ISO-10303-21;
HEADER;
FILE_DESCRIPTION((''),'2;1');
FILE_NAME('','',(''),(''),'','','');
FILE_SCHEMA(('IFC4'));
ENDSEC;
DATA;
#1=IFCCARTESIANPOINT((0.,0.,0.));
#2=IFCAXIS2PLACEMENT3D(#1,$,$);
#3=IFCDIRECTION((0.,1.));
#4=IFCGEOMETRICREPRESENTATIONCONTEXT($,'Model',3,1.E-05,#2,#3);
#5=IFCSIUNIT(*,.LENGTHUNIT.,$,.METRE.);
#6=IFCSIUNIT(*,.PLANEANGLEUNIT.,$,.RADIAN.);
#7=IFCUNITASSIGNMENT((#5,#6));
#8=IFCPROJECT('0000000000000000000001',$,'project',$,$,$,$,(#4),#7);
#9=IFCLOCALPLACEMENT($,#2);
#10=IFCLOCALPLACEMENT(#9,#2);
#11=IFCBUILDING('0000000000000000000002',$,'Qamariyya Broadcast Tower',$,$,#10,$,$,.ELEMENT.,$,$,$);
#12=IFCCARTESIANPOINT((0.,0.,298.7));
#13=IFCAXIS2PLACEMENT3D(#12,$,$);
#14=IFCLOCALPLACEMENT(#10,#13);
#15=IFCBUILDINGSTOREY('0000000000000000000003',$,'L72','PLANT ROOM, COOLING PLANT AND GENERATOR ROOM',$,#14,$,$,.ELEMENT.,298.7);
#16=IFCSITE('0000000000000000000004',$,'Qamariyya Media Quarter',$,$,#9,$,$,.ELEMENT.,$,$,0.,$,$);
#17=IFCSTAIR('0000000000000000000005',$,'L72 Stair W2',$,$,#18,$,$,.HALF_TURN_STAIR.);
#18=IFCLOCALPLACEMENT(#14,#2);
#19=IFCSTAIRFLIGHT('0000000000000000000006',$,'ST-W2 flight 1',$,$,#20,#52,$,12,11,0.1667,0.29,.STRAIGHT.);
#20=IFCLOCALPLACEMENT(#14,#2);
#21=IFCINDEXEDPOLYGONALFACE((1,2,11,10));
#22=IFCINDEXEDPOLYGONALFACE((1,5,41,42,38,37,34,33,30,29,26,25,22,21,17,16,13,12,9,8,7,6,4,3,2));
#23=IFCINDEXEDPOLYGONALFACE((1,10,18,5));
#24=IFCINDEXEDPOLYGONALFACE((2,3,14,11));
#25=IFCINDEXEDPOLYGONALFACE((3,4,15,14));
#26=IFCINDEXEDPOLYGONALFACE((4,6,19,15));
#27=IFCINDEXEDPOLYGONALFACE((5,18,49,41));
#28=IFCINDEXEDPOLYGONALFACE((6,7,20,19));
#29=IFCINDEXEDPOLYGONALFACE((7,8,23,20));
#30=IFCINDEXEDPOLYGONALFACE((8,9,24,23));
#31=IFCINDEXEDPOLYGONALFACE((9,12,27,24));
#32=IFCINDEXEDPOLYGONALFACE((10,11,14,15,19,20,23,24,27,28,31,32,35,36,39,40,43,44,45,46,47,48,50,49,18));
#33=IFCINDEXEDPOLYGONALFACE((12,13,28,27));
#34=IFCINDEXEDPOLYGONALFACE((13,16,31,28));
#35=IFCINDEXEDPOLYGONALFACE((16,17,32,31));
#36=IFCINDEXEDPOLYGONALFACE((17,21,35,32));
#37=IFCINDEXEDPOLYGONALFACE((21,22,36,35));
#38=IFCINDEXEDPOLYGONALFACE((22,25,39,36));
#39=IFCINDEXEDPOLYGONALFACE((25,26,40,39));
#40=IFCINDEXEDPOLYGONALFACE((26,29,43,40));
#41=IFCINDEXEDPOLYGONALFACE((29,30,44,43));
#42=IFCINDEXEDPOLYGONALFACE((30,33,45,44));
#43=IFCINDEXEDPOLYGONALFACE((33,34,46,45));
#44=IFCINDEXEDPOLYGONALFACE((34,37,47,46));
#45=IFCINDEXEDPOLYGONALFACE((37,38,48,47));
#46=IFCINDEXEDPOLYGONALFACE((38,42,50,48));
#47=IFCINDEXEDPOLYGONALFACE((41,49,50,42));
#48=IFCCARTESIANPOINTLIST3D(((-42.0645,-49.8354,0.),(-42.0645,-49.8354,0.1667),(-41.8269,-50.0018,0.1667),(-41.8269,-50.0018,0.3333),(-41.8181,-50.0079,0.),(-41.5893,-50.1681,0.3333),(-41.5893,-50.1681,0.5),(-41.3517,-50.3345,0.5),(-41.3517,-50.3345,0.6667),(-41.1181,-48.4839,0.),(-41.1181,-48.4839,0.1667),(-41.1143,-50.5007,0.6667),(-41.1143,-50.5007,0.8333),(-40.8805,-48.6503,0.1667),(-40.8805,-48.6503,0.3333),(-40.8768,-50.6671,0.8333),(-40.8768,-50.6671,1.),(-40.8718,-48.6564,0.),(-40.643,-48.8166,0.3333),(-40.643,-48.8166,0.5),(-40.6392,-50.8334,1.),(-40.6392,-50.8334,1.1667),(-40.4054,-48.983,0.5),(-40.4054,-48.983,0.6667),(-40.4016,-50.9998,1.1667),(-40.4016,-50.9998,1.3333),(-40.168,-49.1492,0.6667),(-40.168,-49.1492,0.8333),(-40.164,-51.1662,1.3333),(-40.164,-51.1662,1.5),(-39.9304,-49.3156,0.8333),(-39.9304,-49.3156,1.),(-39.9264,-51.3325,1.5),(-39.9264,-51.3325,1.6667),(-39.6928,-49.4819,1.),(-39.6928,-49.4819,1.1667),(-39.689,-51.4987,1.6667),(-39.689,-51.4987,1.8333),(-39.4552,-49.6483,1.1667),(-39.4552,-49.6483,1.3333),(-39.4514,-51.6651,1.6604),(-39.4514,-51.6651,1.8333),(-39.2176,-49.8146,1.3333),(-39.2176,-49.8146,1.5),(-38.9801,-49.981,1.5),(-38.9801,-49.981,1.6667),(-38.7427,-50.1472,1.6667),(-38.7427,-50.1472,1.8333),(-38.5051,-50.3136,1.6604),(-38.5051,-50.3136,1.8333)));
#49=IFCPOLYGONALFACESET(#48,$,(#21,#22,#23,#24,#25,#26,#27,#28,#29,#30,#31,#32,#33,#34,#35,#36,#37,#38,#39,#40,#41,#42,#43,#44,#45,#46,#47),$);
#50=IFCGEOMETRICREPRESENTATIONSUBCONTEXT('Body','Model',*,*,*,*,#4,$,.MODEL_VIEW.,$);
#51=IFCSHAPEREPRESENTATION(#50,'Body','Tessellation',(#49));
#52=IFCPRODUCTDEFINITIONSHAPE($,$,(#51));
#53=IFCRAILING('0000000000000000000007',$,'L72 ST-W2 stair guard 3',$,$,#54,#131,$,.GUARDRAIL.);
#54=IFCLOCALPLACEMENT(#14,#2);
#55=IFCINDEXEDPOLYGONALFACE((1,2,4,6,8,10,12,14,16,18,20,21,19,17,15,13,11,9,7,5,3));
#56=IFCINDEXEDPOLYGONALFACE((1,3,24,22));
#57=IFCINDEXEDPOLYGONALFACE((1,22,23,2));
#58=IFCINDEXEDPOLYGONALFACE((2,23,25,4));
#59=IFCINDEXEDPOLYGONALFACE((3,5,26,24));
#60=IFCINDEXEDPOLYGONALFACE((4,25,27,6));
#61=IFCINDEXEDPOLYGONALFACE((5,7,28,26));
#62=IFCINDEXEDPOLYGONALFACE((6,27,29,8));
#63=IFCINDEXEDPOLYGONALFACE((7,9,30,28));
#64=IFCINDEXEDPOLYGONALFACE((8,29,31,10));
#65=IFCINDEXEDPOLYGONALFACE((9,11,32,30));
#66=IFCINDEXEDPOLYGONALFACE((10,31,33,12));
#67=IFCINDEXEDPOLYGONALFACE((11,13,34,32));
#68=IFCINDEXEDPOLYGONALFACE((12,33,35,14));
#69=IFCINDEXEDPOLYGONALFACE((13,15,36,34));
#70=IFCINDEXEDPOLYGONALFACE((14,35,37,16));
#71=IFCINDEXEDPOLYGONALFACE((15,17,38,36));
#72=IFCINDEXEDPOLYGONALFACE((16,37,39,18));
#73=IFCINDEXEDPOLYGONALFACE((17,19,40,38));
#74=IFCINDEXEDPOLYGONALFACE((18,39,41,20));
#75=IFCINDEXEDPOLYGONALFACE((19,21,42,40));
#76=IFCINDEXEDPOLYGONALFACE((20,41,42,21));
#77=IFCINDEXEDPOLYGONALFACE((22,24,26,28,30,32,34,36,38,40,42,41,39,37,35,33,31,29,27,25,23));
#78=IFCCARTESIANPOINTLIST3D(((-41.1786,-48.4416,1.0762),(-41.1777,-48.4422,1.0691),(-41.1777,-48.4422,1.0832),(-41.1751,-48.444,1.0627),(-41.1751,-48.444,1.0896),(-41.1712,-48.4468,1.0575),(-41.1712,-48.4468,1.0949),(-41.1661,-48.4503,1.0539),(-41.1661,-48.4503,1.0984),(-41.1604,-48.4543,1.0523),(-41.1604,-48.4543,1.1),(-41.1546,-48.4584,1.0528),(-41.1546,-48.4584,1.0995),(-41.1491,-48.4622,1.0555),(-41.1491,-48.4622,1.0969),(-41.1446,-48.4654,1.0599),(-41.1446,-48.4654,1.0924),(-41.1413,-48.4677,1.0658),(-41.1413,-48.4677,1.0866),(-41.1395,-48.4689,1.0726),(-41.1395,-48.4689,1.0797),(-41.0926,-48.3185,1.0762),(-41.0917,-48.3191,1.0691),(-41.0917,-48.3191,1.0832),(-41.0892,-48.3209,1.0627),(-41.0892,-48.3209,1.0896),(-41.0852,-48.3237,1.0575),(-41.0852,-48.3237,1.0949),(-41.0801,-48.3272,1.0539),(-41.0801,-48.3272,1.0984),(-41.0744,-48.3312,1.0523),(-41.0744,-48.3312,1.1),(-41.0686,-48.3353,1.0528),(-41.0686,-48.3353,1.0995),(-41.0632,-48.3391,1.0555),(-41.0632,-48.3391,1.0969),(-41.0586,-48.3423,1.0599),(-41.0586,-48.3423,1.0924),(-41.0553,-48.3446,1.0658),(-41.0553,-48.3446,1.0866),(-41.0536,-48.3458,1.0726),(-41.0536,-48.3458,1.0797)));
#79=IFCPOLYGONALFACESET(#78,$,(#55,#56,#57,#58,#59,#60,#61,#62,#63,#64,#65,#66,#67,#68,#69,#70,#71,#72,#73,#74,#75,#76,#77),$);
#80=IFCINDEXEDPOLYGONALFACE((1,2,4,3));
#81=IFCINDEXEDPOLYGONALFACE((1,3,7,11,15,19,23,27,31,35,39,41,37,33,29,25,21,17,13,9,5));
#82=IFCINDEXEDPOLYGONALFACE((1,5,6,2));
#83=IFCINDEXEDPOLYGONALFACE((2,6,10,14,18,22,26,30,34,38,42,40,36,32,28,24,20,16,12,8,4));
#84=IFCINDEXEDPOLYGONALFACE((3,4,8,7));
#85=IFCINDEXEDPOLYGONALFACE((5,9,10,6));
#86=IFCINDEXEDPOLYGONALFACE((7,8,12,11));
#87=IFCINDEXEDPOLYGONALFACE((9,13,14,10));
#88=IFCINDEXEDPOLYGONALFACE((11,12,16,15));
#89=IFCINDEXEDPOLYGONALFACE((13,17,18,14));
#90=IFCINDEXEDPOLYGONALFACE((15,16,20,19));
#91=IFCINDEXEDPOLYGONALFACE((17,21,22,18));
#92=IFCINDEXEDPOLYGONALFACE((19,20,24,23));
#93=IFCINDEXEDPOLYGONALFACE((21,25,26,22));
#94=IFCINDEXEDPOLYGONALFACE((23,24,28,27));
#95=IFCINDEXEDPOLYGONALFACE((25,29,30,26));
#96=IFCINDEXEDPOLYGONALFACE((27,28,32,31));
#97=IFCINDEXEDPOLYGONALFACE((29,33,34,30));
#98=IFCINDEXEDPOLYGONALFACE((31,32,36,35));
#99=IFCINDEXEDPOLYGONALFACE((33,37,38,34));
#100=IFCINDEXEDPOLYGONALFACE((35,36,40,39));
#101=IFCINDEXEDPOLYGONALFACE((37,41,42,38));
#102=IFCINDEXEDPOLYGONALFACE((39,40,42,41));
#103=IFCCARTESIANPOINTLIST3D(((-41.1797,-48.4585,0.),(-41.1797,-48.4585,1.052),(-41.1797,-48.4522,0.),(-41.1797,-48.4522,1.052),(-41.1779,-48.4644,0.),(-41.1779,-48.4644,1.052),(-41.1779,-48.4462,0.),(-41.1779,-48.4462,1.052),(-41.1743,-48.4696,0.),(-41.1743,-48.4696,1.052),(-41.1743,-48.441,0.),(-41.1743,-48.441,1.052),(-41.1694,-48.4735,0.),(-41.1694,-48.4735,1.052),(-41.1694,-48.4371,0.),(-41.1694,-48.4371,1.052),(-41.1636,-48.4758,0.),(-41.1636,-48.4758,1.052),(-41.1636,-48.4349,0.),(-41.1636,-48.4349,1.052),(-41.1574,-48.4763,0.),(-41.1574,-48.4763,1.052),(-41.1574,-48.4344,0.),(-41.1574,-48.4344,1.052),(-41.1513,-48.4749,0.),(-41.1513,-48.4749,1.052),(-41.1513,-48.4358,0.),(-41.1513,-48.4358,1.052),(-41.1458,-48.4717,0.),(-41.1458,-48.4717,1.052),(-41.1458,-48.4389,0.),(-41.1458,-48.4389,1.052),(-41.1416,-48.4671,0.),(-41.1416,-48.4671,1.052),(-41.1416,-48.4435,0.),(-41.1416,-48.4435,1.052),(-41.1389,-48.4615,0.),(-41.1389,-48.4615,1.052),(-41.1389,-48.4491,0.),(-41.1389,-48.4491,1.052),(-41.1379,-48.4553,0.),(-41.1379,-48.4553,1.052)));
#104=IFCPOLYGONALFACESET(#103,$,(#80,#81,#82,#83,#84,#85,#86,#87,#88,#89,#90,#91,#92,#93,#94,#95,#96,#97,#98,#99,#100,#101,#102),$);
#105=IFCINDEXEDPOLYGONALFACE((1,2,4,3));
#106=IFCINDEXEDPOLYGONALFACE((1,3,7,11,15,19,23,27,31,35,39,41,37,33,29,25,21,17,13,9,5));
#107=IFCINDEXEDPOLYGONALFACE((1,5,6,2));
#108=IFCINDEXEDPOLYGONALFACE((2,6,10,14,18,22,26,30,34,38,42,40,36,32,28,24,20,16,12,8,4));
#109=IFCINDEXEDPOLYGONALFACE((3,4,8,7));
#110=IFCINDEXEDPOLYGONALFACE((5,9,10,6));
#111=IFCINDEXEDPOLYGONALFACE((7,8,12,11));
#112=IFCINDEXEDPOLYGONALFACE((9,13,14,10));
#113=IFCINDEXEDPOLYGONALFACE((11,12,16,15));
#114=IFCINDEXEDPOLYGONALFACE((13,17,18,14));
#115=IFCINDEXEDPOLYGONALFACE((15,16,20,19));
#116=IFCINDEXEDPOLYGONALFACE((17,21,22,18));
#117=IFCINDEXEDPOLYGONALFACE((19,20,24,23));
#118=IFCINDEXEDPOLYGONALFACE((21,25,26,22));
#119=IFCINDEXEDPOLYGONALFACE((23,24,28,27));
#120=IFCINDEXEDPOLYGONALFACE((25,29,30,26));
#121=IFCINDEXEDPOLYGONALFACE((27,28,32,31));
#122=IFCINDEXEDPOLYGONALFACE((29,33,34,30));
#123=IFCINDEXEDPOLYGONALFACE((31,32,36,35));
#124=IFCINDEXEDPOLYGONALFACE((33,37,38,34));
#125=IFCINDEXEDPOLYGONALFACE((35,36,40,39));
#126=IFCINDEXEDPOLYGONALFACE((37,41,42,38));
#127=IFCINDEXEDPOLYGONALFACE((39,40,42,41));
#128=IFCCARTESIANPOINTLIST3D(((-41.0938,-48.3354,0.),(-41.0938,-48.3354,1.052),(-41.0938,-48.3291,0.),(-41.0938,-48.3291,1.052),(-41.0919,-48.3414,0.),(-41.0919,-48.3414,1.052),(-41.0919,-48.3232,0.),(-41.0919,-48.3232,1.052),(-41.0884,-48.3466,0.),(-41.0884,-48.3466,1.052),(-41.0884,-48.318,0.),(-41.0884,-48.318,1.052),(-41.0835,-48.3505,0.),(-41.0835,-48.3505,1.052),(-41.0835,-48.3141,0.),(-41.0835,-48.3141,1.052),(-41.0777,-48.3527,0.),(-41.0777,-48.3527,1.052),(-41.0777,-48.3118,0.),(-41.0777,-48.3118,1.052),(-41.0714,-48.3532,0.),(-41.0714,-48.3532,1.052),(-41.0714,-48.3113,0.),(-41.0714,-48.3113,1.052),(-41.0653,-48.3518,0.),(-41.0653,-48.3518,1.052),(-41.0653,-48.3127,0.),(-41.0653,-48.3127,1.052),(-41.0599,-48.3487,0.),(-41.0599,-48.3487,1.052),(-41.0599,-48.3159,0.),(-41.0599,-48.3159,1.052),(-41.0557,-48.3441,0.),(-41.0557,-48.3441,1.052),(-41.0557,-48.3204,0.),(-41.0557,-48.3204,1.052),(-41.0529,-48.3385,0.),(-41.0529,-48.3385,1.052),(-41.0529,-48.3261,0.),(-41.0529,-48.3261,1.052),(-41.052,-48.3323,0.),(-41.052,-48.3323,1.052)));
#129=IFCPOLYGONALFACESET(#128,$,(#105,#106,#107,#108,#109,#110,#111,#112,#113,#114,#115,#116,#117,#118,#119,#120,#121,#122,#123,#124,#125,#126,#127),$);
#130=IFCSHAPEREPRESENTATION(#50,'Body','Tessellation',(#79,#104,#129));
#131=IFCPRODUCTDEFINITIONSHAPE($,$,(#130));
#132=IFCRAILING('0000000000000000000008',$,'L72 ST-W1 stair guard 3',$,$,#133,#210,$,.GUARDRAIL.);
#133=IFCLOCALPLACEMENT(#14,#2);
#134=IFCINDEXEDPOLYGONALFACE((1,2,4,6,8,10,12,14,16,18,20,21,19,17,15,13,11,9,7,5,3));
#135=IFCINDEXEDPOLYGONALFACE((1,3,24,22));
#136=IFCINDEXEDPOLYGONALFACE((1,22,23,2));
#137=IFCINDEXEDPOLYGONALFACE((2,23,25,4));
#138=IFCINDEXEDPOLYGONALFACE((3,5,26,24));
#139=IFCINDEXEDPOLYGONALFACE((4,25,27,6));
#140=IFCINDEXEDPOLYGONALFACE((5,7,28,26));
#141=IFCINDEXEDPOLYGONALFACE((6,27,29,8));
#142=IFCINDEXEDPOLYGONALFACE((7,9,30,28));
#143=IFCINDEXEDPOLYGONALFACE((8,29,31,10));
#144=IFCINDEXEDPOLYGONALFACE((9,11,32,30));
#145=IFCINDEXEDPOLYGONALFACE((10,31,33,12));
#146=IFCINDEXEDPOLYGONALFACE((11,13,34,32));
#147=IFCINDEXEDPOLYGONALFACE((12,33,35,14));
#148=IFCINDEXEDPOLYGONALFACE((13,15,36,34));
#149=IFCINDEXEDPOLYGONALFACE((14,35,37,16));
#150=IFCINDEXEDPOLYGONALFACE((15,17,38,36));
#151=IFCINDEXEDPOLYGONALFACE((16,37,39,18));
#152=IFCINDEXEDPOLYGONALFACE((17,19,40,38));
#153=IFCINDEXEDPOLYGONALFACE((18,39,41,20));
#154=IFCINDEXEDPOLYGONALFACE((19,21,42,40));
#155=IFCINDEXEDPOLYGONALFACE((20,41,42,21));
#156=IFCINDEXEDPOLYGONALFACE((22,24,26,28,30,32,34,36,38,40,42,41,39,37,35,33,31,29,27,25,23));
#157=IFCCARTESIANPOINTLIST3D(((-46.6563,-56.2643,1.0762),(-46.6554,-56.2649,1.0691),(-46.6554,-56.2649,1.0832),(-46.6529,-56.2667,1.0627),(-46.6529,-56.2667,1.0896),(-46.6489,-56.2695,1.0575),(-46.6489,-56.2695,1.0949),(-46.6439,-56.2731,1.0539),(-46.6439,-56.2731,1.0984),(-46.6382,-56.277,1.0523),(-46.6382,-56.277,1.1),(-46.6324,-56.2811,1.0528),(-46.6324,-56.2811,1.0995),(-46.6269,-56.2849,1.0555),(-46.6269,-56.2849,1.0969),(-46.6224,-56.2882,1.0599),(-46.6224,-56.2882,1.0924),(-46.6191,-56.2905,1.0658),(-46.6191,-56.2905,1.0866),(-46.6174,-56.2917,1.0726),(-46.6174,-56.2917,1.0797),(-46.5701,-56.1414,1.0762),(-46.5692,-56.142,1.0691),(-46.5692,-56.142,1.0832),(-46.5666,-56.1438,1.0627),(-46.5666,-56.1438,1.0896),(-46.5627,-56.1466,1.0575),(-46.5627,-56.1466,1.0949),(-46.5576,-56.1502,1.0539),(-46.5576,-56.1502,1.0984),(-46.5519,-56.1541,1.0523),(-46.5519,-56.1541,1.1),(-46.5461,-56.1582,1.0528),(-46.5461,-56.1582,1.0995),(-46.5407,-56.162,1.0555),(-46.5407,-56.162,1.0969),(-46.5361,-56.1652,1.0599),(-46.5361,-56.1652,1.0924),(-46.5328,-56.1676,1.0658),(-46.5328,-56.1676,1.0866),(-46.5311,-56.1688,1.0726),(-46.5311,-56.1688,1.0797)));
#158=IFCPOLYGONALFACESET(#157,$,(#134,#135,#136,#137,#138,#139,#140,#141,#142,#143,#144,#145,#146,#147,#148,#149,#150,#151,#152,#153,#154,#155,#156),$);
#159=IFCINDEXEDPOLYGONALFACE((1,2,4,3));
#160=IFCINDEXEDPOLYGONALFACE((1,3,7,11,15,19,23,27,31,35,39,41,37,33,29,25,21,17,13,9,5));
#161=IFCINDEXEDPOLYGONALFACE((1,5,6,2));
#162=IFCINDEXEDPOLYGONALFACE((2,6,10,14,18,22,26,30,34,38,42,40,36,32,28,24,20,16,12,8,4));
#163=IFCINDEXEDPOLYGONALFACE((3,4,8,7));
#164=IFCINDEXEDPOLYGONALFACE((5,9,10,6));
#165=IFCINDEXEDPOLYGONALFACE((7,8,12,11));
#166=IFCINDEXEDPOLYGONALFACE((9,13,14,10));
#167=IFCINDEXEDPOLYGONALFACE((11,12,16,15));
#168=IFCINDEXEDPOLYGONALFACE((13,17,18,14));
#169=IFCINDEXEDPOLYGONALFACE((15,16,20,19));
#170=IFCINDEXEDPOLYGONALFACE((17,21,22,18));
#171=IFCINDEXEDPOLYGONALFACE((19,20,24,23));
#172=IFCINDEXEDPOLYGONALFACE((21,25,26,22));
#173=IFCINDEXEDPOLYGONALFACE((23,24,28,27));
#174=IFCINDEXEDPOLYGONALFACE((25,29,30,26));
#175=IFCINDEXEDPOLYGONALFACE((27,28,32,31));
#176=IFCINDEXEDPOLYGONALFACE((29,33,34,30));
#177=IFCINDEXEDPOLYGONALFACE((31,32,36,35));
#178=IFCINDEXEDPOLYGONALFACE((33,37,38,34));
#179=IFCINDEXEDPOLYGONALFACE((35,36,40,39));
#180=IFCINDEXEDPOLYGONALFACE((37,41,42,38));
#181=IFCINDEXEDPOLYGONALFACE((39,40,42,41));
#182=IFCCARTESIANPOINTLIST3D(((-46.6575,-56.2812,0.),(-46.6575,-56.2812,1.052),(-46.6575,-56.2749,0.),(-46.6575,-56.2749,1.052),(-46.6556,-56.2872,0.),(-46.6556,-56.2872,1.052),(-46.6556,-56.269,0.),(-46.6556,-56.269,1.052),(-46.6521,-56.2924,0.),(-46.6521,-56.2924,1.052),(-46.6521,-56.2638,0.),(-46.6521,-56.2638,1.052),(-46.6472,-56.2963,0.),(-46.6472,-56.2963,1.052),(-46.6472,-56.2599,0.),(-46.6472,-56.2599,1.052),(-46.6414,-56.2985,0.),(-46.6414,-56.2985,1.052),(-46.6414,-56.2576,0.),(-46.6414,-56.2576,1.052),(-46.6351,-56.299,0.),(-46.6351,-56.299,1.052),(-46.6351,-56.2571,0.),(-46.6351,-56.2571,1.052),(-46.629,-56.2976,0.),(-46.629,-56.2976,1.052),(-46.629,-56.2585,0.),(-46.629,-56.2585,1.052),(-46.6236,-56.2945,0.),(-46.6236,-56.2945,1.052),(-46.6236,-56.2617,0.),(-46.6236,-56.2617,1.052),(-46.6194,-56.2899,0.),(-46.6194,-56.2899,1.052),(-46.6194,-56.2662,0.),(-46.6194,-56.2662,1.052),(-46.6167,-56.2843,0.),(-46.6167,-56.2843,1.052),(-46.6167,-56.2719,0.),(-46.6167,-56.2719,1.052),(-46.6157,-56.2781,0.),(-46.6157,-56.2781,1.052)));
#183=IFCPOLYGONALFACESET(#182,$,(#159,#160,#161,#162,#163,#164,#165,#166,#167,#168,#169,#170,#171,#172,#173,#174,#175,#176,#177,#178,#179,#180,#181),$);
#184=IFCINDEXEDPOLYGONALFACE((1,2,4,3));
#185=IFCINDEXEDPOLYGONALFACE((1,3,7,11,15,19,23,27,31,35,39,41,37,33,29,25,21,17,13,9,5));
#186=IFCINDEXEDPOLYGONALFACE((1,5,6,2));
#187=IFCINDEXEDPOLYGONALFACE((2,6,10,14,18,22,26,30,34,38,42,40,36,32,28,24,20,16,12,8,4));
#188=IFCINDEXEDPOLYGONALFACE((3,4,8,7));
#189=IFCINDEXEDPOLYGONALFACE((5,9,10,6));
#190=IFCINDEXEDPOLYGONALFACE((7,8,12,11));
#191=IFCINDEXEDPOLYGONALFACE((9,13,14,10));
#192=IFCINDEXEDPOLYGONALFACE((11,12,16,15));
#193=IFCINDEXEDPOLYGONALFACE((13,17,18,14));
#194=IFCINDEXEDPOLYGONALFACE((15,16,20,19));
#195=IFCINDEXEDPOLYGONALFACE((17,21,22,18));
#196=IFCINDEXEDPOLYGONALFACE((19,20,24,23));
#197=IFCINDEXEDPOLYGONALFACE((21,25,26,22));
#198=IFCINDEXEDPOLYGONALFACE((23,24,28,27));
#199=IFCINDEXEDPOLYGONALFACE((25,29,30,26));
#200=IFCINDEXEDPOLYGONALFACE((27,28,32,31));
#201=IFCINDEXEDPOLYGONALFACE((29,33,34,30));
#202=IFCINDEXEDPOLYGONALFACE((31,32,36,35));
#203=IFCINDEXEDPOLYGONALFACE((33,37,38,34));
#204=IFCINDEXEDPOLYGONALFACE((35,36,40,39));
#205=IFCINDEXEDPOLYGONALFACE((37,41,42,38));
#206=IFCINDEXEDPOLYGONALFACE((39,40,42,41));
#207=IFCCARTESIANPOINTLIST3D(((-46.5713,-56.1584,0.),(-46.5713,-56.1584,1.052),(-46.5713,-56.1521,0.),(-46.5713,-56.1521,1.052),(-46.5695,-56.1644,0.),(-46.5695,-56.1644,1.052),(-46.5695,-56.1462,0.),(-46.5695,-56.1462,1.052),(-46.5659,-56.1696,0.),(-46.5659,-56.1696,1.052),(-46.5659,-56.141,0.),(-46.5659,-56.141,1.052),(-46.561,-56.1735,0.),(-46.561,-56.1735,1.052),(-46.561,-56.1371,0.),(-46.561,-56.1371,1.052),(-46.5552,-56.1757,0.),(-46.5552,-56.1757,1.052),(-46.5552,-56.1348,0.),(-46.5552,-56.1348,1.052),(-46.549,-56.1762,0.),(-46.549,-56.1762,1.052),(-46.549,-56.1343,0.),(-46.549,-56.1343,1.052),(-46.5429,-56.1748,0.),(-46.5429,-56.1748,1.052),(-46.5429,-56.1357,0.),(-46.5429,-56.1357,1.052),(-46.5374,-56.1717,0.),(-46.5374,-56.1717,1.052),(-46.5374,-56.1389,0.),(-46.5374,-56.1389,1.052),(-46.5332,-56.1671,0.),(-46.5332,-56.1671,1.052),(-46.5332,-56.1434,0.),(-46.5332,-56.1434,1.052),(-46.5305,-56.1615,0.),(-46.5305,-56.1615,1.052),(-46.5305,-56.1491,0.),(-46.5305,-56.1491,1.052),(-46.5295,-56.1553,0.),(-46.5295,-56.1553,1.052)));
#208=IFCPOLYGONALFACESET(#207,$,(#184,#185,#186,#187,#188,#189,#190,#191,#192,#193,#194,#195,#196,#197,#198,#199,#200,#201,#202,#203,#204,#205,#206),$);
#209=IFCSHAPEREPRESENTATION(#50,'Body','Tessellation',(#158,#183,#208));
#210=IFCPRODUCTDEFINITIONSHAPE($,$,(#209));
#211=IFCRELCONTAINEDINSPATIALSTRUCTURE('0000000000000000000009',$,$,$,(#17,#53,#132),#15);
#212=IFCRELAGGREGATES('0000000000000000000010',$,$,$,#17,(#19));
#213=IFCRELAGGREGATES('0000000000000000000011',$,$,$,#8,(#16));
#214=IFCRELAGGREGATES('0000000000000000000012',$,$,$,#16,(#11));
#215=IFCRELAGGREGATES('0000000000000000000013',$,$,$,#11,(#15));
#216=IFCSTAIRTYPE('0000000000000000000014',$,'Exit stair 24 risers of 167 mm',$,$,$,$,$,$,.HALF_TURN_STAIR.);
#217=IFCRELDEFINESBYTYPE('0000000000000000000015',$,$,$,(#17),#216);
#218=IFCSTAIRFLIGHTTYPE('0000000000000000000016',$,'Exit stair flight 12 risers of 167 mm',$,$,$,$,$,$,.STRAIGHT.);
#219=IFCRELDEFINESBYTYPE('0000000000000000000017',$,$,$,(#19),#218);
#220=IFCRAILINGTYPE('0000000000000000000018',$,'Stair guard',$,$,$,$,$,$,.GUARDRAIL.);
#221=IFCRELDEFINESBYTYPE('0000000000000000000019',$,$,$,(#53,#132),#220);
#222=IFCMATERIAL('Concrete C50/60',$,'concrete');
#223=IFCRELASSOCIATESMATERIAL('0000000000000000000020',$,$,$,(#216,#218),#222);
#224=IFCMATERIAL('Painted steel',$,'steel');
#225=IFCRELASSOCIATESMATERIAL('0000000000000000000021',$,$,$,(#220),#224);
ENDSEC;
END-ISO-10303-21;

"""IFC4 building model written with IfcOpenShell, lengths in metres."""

from ifc_helpers import new_model, si_unit, direction, frame, origin, origin_2d, place, context, subcontext, project, spatial, polyline, circle, outline, extrude, material, type_object, element, aggregate, save


model = new_model("IFC4")

# Units and contexts
model_context = context("Model", 3, precision=1e-05, world=origin(), true_north=direction((0.0, 1.0)))
body_context = subcontext(model_context, "Body", "Model", "MODEL_VIEW")
ifc_project = project(units=[si_unit("LENGTHUNIT", "METRE"), si_unit("PLANEANGLEUNIT", "RADIAN")], contexts=[model_context])

# Site, building, storey
site_placement = place(None, origin())
site = spatial("IfcSite", under=ifc_project, at=site_placement, Name="Qamariyya Media Quarter", CompositionType="ELEMENT", RefElevation=0.0)
building_placement = place(site_placement, origin())
building = spatial("IfcBuilding", under=site, at=building_placement, Name="Qamariyya Broadcast Tower", CompositionType="ELEMENT")
storey_placement = place(building_placement, frame((0.0, 0.0, 298.7)))
storey = spatial("IfcBuildingStorey", under=building, at=storey_placement, Name="L72", Description="PLANT ROOM, COOLING PLANT AND GENERATOR ROOM", CompositionType="ELEMENT", Elevation=298.7)

# Shared definitions
ifc_material_1 = material(Name="Concrete C50/60", Category="concrete")

# Stair, stair flight
stair_type = type_object("IfcStairType", Name="Exit stair 24 risers of 167 mm", PredefinedType="HALF_TURN_STAIR", material=ifc_material_1)
stair_placement = place(storey_placement, origin())
stair = element("IfcStair", 1, at=stair_placement, inside=storey, type_object=stair_type, Name="L72 Stair W2", PredefinedType="HALF_TURN_STAIR")
stair_flight_type = type_object("IfcStairFlightType", Name="Exit stair flight 12 risers of 167 mm", PredefinedType="STRAIGHT", material=ifc_material_1)
stair_flight_placement = place(storey_placement, frame((-41.5913, -49.1597, 0.0), z_axis=(0.0, 0.0, 1.0), x_axis=(0.819152, -0.573576, 0.0)))
stair_flight = element("IfcStairFlight", 2, at=stair_flight_placement, type_object=stair_flight_type, Name="ST-W2 flight 1", NumberOfRisers=12, NumberOfTreads=11, PredefinedType="STRAIGHT", RiserHeight=0.1667, TreadLength=0.29, context=body_context, shape_type="SweptSolid", body=[
    extrude(outline(polyline([(0.0, 0.0), (0.0, 0.1667), (0.29, 0.1667), (0.29, 0.3333), (0.5801, 0.3333), (0.5801, 0.5), (0.8701, 0.5), (0.8701, 0.6667), (1.1599, 0.6667), (1.1599, 0.8333), (1.45, 0.8333), (1.45, 1.0), (1.74, 1.0), (1.74, 1.1667), (2.03, 1.1667), (2.03, 1.3333), (2.3201, 1.3333), (2.3201, 1.5), (2.6101, 1.5), (2.6101, 1.6667), (2.8999, 1.6667), (2.8999, 1.8333), (3.1899, 1.8333), (3.1899, 2.0), (3.1899, 1.6604), (0.3008, 0.0), (0.0, 0.0)])), frame((0.0, 0.825, 0.0), z_axis=(0.0, -1.0, 0.0), x_axis=(1.0, 0.0, 0.0)), (0.0, 0.0, 1.0), 1.6499),
])
aggregate(stair, [stair_flight])

# Railings
ifc_material_2 = material(Name="Painted steel", Category="steel")
railing_type_1 = type_object("IfcRailingType", Name="Stair guard", PredefinedType="GUARDRAIL", material=ifc_material_2)
railing_1_placement = place(storey_placement, frame((-41.1589, -48.4553, 0.0)))
element("IfcRailing", 3, at=railing_1_placement, inside=storey, type_object=railing_type_1, Name="L72 ST-W2 stair guard 3", PredefinedType="GUARDRAIL", context=body_context, shape_type="SweptSolid", body=[
    extrude(circle(Radius=0.0239, at=origin_2d()), frame((0.0, 0.0, 1.0762), z_axis=(0.572589, 0.819843, 0.0), x_axis=(-0.819843, 0.572589, 0.0)), (0.0, 0.0, 1.0), 0.1501),
    extrude(circle(Radius=0.021, at=origin_2d()), origin(), (0.0, 0.0, 1.0), 1.052),
    extrude(circle(Radius=0.021, at=origin_2d()), frame((0.0859, 0.123, 0.0)), (0.0, 0.0, 1.0), 1.052),
])
railing_2_placement = place(storey_placement, frame((-46.6367, -56.2781, 0.0)))
element("IfcRailing", 4, at=railing_2_placement, inside=storey, type_object=railing_type_1, Name="L72 ST-W1 stair guard 3", PredefinedType="GUARDRAIL", context=body_context, shape_type="SweptSolid", body=[
    extrude(circle(Radius=0.0239, at=origin_2d()), frame((0.0, 0.0, 1.0762), z_axis=(0.574445, 0.818543, 0.0), x_axis=(-0.818543, 0.574445, 0.0)), (0.0, 0.0, 1.0), 0.1501),
    extrude(circle(Radius=0.021, at=origin_2d()), origin(), (0.0, 0.0, 1.0), 1.052),
    extrude(circle(Radius=0.021, at=origin_2d()), frame((0.0862, 0.1228, 0.0)), (0.0, 0.0, 1.0), 1.052),
])

save(model, "model.ifc")
